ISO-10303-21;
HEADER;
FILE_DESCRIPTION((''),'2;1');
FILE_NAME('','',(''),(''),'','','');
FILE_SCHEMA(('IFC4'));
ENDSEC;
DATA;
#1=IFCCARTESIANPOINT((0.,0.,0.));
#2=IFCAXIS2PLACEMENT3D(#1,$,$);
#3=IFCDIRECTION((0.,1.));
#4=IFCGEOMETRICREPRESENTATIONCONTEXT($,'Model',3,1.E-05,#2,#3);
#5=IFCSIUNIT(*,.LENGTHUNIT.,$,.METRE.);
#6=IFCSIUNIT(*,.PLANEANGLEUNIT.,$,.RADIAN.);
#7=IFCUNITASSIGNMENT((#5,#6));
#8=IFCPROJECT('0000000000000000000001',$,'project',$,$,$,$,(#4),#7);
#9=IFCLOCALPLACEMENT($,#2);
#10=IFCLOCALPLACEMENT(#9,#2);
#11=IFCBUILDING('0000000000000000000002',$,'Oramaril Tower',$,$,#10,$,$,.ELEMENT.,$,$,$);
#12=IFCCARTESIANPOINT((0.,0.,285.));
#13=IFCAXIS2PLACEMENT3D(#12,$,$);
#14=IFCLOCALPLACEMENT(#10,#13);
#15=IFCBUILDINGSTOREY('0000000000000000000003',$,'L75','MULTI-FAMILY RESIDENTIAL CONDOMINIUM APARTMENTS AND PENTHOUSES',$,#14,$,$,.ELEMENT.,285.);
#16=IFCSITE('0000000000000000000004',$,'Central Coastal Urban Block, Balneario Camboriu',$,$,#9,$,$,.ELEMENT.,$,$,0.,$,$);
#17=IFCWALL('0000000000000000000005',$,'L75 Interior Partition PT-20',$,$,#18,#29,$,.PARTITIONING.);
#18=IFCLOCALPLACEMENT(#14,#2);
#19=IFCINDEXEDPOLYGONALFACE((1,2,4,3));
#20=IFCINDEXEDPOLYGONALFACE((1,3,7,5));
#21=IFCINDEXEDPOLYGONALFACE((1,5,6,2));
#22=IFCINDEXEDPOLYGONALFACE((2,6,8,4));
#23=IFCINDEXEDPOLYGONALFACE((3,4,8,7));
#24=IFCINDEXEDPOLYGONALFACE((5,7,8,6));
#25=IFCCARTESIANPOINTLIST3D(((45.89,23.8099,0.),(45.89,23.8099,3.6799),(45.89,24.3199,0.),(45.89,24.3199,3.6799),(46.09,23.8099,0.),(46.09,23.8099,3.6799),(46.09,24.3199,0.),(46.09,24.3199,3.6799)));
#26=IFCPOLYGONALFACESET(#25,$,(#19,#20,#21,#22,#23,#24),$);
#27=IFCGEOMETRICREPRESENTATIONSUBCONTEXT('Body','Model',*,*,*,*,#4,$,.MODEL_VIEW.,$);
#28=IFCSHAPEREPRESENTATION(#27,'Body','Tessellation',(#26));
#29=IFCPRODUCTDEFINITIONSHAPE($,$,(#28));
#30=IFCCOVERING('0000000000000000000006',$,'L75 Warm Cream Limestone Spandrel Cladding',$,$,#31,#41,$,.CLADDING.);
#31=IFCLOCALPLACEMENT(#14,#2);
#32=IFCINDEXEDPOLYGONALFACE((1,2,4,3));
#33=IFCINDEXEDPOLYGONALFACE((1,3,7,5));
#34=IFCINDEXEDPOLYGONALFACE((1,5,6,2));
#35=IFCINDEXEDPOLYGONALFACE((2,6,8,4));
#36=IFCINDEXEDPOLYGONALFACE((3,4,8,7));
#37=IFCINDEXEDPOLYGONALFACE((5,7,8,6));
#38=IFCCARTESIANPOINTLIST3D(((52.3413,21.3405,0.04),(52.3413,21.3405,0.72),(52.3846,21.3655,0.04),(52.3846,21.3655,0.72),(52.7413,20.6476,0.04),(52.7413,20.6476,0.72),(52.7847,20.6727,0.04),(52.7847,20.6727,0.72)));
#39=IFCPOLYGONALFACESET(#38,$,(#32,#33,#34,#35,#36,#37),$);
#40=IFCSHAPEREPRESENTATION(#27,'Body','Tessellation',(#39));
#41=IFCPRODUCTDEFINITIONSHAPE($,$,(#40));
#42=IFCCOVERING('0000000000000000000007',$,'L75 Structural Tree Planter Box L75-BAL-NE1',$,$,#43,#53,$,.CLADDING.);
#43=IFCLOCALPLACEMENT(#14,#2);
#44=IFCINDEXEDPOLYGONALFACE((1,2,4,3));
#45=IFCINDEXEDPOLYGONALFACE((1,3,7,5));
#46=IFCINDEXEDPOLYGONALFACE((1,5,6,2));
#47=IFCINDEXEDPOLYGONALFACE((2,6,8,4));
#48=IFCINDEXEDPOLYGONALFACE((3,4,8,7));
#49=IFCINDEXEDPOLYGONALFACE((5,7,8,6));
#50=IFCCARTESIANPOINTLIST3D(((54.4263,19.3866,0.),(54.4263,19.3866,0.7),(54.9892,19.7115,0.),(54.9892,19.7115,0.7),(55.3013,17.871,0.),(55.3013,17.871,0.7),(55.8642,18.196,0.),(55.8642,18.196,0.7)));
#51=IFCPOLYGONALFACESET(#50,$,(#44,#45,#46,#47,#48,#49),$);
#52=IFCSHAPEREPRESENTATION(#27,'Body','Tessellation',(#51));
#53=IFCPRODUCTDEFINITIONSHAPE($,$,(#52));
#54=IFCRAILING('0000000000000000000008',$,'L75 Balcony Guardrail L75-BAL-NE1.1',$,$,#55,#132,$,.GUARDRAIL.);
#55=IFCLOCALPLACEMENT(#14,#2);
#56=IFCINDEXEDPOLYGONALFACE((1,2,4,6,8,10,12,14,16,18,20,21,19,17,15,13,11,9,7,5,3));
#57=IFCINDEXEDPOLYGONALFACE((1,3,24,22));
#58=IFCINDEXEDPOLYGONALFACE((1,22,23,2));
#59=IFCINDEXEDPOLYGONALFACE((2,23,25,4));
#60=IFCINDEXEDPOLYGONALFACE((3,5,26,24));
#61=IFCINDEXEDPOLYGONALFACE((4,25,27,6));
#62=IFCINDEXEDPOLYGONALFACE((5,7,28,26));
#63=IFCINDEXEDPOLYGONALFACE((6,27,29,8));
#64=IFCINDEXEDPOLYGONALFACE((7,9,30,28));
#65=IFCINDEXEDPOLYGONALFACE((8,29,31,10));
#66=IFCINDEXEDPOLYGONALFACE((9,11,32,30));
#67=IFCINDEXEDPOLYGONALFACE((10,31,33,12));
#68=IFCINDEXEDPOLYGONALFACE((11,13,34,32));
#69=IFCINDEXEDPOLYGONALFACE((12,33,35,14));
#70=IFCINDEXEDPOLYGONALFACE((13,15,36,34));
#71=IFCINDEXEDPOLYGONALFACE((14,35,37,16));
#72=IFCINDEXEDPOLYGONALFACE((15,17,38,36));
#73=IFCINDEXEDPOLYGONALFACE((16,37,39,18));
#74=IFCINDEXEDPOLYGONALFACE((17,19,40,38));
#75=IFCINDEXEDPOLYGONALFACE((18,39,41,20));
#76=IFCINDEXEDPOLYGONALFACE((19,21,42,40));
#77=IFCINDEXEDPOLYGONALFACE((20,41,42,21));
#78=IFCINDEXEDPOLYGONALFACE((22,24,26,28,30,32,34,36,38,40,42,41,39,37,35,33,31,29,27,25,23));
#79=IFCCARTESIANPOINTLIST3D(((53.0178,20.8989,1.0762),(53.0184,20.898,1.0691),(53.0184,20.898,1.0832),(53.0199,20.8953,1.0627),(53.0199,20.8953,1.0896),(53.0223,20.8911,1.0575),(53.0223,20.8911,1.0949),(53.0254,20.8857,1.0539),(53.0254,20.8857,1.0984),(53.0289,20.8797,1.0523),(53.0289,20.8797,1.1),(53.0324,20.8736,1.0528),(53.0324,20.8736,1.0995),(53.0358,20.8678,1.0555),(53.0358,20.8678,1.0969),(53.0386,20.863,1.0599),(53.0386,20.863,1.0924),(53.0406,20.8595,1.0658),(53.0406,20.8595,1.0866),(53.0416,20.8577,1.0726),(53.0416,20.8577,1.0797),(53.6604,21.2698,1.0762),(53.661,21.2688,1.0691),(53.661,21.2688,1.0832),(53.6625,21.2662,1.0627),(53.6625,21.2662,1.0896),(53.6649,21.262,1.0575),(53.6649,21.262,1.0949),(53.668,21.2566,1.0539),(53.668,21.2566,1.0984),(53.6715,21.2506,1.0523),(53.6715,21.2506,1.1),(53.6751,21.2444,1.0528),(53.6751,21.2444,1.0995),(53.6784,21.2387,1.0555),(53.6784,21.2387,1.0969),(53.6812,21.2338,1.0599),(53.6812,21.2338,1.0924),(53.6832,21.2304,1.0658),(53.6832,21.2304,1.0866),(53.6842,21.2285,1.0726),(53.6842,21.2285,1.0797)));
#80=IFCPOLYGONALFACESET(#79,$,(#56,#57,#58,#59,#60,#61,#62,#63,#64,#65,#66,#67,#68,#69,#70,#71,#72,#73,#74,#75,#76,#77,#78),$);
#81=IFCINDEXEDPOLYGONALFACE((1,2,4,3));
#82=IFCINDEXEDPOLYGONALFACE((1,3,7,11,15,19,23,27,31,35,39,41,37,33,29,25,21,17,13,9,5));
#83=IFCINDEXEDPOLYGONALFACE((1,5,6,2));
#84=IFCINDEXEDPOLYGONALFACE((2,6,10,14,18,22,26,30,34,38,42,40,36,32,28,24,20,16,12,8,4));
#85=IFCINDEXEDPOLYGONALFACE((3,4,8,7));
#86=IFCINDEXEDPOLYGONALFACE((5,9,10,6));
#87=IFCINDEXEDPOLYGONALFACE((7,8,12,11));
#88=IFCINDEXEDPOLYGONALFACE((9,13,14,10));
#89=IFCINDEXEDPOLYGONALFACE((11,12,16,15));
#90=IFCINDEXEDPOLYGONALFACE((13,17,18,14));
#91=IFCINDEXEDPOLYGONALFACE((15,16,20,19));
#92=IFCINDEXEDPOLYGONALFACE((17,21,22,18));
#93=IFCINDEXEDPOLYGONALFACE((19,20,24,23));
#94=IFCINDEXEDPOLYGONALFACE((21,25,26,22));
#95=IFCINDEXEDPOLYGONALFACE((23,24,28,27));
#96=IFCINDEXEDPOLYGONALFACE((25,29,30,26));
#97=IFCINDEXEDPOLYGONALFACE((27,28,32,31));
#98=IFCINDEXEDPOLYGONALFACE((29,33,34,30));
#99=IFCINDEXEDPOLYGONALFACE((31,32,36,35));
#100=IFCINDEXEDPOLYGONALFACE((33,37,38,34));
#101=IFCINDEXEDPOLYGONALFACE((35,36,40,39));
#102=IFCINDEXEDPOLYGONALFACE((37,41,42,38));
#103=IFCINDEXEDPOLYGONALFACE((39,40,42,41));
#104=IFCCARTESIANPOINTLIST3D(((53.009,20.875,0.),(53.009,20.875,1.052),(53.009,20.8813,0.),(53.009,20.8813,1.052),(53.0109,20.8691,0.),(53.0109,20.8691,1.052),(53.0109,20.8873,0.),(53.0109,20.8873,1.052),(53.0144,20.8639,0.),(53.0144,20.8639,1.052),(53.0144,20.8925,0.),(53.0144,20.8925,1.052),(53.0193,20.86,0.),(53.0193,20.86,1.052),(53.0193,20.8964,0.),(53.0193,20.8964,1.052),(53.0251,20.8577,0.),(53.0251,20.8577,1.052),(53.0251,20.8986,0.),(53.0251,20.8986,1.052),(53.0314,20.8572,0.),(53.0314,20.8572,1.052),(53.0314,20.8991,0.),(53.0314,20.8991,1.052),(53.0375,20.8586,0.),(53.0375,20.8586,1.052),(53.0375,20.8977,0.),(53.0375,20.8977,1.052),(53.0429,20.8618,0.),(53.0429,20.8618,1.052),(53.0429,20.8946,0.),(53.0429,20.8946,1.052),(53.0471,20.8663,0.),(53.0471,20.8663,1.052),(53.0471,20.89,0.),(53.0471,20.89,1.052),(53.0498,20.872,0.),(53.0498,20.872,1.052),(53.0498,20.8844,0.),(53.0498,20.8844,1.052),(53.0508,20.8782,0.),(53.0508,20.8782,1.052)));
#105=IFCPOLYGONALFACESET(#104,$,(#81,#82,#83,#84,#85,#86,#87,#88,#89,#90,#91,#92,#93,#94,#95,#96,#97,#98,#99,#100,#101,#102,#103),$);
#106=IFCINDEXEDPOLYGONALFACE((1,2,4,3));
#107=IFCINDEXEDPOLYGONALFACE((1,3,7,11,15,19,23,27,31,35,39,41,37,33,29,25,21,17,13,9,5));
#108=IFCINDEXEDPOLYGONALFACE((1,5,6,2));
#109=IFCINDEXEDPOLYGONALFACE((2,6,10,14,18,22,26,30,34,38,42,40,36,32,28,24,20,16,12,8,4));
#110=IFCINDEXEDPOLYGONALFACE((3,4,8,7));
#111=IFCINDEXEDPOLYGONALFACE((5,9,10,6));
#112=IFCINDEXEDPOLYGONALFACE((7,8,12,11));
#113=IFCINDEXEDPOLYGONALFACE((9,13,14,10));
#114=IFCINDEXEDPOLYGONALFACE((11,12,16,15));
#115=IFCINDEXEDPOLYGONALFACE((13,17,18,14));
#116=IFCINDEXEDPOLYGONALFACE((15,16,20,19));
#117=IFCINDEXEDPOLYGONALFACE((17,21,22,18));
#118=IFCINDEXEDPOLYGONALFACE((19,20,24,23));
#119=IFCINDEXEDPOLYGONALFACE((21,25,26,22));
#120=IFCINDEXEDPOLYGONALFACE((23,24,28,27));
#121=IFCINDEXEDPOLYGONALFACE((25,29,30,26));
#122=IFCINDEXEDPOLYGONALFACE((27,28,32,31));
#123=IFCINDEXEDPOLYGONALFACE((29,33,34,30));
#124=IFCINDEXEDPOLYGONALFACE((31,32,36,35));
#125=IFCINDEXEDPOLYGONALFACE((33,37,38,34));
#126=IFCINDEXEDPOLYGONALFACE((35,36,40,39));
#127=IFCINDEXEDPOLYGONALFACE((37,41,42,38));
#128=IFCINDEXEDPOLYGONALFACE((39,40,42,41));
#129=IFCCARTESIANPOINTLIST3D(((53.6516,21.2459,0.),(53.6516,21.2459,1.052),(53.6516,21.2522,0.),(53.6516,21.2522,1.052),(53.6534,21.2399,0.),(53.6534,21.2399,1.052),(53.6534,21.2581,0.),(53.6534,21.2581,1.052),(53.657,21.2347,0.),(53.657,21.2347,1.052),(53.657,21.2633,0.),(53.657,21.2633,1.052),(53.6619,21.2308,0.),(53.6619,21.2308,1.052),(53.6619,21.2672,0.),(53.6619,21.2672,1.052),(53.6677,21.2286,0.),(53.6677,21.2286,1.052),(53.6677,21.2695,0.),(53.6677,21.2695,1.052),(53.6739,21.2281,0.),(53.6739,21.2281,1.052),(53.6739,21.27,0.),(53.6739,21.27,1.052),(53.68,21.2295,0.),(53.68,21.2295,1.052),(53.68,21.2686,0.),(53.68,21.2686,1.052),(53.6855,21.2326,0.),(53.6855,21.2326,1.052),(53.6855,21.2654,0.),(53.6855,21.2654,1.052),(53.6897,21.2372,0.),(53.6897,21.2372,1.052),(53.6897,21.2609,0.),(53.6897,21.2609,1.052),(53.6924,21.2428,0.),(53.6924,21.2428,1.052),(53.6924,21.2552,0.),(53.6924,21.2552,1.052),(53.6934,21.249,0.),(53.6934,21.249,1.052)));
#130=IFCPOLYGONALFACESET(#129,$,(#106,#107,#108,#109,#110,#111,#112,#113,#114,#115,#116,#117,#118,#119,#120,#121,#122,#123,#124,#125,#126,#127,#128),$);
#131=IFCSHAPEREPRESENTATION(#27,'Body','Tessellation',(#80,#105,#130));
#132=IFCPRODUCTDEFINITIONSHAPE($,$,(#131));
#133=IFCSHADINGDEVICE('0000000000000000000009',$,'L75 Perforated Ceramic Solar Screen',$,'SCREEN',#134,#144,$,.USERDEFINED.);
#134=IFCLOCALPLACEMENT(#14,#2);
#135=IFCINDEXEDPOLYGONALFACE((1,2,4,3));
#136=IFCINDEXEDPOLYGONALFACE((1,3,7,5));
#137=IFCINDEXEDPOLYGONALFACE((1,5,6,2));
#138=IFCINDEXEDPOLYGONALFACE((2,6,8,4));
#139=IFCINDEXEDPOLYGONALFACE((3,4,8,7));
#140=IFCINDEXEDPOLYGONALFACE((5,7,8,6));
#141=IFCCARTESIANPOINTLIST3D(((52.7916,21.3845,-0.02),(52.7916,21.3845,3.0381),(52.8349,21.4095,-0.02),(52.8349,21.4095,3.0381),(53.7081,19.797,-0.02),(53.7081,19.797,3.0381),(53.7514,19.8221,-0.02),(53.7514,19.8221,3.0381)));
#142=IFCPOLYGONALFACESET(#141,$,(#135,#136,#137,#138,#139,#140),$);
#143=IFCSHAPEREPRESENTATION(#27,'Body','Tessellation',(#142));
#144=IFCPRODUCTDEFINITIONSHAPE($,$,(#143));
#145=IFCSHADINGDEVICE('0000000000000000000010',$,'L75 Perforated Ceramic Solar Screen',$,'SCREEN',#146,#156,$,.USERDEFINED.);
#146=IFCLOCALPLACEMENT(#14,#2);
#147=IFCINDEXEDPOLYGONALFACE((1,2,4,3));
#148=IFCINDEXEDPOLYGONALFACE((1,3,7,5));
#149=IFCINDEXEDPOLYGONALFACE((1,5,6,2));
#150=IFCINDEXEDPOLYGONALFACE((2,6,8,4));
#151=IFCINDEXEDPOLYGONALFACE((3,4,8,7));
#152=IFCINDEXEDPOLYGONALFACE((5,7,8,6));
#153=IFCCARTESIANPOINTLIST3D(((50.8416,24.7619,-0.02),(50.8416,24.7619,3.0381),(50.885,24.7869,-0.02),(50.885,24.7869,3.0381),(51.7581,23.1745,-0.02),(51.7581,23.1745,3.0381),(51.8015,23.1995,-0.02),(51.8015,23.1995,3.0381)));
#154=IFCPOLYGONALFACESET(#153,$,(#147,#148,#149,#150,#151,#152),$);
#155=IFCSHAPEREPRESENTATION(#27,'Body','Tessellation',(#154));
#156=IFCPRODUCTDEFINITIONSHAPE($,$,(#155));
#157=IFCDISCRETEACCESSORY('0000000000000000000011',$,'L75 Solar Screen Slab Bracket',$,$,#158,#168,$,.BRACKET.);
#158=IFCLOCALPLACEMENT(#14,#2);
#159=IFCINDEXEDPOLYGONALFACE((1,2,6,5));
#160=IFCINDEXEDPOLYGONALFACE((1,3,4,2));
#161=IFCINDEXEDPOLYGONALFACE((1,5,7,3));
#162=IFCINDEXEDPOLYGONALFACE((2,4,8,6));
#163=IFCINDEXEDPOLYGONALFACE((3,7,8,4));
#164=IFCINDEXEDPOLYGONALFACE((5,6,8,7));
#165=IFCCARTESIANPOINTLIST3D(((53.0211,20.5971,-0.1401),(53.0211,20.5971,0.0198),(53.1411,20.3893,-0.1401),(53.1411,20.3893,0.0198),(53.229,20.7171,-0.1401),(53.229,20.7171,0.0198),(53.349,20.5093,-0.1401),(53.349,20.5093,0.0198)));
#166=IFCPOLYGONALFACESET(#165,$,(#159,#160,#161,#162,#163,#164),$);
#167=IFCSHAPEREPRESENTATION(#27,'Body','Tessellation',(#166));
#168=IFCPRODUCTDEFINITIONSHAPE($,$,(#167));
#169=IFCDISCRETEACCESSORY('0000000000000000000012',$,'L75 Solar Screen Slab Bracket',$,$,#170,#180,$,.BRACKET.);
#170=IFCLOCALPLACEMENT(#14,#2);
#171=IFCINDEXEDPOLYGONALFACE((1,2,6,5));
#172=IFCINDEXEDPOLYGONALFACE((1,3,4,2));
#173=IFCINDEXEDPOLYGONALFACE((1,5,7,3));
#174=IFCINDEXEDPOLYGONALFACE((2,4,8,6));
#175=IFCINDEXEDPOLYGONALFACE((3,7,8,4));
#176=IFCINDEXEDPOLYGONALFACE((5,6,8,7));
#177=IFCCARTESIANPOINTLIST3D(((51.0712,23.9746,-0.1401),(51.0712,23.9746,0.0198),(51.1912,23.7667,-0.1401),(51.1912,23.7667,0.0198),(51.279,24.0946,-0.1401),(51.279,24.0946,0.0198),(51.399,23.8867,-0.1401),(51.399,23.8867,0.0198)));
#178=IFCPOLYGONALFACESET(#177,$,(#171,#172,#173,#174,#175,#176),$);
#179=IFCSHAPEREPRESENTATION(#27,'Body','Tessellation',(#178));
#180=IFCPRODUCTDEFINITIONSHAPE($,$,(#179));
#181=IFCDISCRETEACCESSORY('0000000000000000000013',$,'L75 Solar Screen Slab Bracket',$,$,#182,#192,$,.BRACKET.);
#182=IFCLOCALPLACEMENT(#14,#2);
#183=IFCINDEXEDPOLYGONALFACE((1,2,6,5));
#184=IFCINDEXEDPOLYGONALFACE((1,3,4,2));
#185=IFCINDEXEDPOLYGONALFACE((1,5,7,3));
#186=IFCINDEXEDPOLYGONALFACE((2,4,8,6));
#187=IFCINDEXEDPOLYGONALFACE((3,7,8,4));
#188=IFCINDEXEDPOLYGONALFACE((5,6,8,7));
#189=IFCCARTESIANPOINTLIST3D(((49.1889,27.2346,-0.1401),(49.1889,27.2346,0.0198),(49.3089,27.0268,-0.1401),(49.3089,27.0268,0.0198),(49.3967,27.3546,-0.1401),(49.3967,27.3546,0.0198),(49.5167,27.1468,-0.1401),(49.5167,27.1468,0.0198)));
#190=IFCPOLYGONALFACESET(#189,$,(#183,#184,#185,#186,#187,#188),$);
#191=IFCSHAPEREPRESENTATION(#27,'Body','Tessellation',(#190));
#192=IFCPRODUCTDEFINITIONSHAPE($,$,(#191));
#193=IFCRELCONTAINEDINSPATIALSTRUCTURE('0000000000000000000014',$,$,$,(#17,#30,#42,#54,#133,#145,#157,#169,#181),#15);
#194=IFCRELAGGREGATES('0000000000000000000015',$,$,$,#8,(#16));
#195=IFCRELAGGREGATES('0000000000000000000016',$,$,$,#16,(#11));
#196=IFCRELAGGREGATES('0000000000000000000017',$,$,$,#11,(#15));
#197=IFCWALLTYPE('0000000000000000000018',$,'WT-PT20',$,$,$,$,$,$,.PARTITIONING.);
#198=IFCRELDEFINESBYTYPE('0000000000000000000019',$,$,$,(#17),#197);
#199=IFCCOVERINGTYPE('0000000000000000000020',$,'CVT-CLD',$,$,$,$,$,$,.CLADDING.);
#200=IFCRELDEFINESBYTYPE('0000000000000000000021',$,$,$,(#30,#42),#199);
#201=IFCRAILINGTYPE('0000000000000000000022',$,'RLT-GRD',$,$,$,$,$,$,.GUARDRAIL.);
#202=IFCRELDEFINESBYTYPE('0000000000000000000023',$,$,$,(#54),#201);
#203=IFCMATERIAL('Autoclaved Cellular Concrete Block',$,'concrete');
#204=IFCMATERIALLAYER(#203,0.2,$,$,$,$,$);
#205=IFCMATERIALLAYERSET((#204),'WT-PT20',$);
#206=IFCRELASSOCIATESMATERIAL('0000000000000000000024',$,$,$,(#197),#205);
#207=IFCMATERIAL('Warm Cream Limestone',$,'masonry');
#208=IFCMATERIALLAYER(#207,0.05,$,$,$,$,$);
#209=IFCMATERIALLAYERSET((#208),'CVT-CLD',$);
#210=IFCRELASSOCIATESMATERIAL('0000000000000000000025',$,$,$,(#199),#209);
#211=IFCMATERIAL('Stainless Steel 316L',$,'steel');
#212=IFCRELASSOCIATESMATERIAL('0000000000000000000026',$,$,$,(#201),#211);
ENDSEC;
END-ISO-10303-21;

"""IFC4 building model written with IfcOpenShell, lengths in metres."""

from ifc_helpers import new_model, si_unit, direction, frame, frame_2d, origin, origin_2d, place, context, subcontext, project, spatial, rectangle, circle, extrude, material, layer, layer_set, type_object, element, save


model = new_model("IFC4")

# Units and contexts
model_context = context("Model", 3, precision=1e-05, world=origin(), true_north=direction((0.0, 1.0)))
body_context = subcontext(model_context, "Body", "Model", "MODEL_VIEW")
ifc_project = project(units=[si_unit("LENGTHUNIT", "METRE"), si_unit("PLANEANGLEUNIT", "RADIAN")], contexts=[model_context])

# Site, building, storey
site_placement = place(None, origin())
site = spatial("IfcSite", under=ifc_project, at=site_placement, Name="Central Coastal Urban Block, Balneario Camboriu", CompositionType="ELEMENT", RefElevation=0.0)
building_placement = place(site_placement, origin())
building = spatial("IfcBuilding", under=site, at=building_placement, Name="Oramaril Tower", CompositionType="ELEMENT")
storey_placement = place(building_placement, frame((0.0, 0.0, 285.0)))
storey = spatial("IfcBuildingStorey", under=building, at=storey_placement, Name="L75", Description="MULTI-FAMILY RESIDENTIAL CONDOMINIUM APARTMENTS AND PENTHOUSES", CompositionType="ELEMENT", Elevation=285.0)

# Wall
ifc_material_1 = material(Name="Autoclaved Cellular Concrete Block", Category="concrete")
ifc_layer_1 = layer(ifc_material_1, 0.2)
ifc_layer_set_1 = layer_set([ifc_layer_1], Name="WT-PT20")
wall_type_1 = type_object("IfcWallType", Name="WT-PT20", PredefinedType="PARTITIONING", material=ifc_layer_set_1)
wall_1_placement = place(storey_placement, frame((45.99, 23.8101, 0.0), z_axis=(0.0, 0.0, 1.0), x_axis=(0.0, 1.0, 0.0)))
element("IfcWall", 1, at=wall_1_placement, inside=storey, type_object=wall_type_1, Name="L75 Interior Partition PT-20", PredefinedType="PARTITIONING", context=body_context, shape_type="SweptSolid", body=[
    extrude(rectangle(XDim=0.51, YDim=0.2, at=frame_2d((0.2549, 0.0))), origin(), (0.0, 0.0, 1.0), 3.6799),
])

# Coverings
ifc_material_2 = material(Name="Warm Cream Limestone", Category="masonry")
ifc_layer_2 = layer(ifc_material_2, 0.05)
ifc_layer_set_2 = layer_set([ifc_layer_2], Name="CVT-CLD")
covering_type = type_object("IfcCoveringType", Name="CVT-CLD", PredefinedType="CLADDING", material=ifc_layer_set_2)
covering_1_placement = place(storey_placement, frame((52.563, 21.0066, 0.04), z_axis=(0.0, 0.0, 1.0), x_axis=(-0.5, 0.866025, 0.0)))
element("IfcCovering", 2, at=covering_1_placement, inside=storey, type_object=covering_type, Name="L75 Warm Cream Limestone Spandrel Cladding", PredefinedType="CLADDING", context=body_context, shape_type="SweptSolid", body=[
    extrude(rectangle(XDim=0.8, YDim=0.05, at=origin_2d()), origin(), (0.0, 0.0, 1.0), 0.6799),
])
covering_2_placement = place(storey_placement, frame((55.1453, 18.7913, 0.0), z_axis=(0.0, 0.0, 1.0), x_axis=(-0.500002, 0.866025, 0.0)))
element("IfcCovering", 3, at=covering_2_placement, inside=storey, type_object=covering_type, Name="L75 Structural Tree Planter Box L75-BAL-NE1", PredefinedType="CLADDING", context=body_context, shape_type="SweptSolid", body=[
    extrude(rectangle(XDim=1.75, YDim=0.6499, at=origin_2d()), origin(), (0.0, 0.0, 1.0), 0.7),
])

# Railing
ifc_material_3 = material(Name="Stainless Steel 316L", Category="steel")
railing_type = type_object("IfcRailingType", Name="RLT-GRD", PredefinedType="GUARDRAIL", material=ifc_material_3)
railing_1_placement = place(storey_placement, frame((53.0298, 20.8782, 0.0)))
element("IfcRailing", 4, at=railing_1_placement, inside=storey, type_object=railing_type, Name="L75 Balcony Guardrail L75-BAL-NE1.1", PredefinedType="GUARDRAIL", context=body_context, shape_type="SweptSolid", body=[
    extrude(circle(Radius=0.0239, at=origin_2d()), frame((0.0, 0.0, 1.0762), z_axis=(0.866109, 0.499855, 0.0), x_axis=(-0.499855, 0.866109, 0.0)), (0.0, 0.0, 1.0), 0.7419),
    extrude(circle(Radius=0.021, at=origin_2d()), origin(), (0.0, 0.0, 1.0), 1.052),
    extrude(circle(Radius=0.021, at=origin_2d()), frame((0.6426, 0.3708, 0.0)), (0.0, 0.0, 1.0), 1.052),
])

# Shading devices
for number, where, z_axis, x_axis, name in (
    (5, (53.2715, 20.6033, -0.02), (0.0, 0.0, 1.0), (-0.5, 0.866025, 0.0), "L75 Perforated Ceramic Solar Screen"),
    (6, (51.3215, 23.9807, -0.02), (0.0, 0.0, 1.0), (-0.5, 0.866025, 0.0), "L75 Perforated Ceramic Solar Screen"),
):
    element("IfcShadingDevice", number, at=place(storey_placement, frame(where, z_axis=z_axis, x_axis=x_axis)), inside=storey, Name=name, ObjectType="SCREEN", PredefinedType="USERDEFINED", context=body_context, shape_type="SweptSolid", body=[
        extrude(rectangle(XDim=1.833, YDim=0.05, at=origin_2d()), origin(), (0.0, 0.0, 1.0), 3.0581),
    ])

# Discrete accessories
for number, where, z_axis, x_axis, name in (
    (7, (53.1851, 20.5532, -0.1401), (0.0, 0.0, 1.0), (-0.5, 0.866025, 0.0), "L75 Solar Screen Slab Bracket"),
    (8, (51.2351, 23.9307, -0.1401), (0.0, 0.0, 1.0), (-0.5, 0.866025, 0.0), "L75 Solar Screen Slab Bracket"),
    (9, (49.3528, 27.1907, -0.1401), (0.0, 0.0, 1.0), (-0.5, 0.866025, 0.0), "L75 Solar Screen Slab Bracket"),
):
    element("IfcDiscreteAccessory", number, at=place(storey_placement, frame(where, z_axis=z_axis, x_axis=x_axis)), inside=storey, Name=name, PredefinedType="BRACKET", context=body_context, shape_type="SweptSolid", body=[
        extrude(rectangle(XDim=0.24, YDim=0.24, at=origin_2d()), origin(), (0.0, 0.0, 1.0), 0.1599),
    ])

save(model, "model.ifc")
